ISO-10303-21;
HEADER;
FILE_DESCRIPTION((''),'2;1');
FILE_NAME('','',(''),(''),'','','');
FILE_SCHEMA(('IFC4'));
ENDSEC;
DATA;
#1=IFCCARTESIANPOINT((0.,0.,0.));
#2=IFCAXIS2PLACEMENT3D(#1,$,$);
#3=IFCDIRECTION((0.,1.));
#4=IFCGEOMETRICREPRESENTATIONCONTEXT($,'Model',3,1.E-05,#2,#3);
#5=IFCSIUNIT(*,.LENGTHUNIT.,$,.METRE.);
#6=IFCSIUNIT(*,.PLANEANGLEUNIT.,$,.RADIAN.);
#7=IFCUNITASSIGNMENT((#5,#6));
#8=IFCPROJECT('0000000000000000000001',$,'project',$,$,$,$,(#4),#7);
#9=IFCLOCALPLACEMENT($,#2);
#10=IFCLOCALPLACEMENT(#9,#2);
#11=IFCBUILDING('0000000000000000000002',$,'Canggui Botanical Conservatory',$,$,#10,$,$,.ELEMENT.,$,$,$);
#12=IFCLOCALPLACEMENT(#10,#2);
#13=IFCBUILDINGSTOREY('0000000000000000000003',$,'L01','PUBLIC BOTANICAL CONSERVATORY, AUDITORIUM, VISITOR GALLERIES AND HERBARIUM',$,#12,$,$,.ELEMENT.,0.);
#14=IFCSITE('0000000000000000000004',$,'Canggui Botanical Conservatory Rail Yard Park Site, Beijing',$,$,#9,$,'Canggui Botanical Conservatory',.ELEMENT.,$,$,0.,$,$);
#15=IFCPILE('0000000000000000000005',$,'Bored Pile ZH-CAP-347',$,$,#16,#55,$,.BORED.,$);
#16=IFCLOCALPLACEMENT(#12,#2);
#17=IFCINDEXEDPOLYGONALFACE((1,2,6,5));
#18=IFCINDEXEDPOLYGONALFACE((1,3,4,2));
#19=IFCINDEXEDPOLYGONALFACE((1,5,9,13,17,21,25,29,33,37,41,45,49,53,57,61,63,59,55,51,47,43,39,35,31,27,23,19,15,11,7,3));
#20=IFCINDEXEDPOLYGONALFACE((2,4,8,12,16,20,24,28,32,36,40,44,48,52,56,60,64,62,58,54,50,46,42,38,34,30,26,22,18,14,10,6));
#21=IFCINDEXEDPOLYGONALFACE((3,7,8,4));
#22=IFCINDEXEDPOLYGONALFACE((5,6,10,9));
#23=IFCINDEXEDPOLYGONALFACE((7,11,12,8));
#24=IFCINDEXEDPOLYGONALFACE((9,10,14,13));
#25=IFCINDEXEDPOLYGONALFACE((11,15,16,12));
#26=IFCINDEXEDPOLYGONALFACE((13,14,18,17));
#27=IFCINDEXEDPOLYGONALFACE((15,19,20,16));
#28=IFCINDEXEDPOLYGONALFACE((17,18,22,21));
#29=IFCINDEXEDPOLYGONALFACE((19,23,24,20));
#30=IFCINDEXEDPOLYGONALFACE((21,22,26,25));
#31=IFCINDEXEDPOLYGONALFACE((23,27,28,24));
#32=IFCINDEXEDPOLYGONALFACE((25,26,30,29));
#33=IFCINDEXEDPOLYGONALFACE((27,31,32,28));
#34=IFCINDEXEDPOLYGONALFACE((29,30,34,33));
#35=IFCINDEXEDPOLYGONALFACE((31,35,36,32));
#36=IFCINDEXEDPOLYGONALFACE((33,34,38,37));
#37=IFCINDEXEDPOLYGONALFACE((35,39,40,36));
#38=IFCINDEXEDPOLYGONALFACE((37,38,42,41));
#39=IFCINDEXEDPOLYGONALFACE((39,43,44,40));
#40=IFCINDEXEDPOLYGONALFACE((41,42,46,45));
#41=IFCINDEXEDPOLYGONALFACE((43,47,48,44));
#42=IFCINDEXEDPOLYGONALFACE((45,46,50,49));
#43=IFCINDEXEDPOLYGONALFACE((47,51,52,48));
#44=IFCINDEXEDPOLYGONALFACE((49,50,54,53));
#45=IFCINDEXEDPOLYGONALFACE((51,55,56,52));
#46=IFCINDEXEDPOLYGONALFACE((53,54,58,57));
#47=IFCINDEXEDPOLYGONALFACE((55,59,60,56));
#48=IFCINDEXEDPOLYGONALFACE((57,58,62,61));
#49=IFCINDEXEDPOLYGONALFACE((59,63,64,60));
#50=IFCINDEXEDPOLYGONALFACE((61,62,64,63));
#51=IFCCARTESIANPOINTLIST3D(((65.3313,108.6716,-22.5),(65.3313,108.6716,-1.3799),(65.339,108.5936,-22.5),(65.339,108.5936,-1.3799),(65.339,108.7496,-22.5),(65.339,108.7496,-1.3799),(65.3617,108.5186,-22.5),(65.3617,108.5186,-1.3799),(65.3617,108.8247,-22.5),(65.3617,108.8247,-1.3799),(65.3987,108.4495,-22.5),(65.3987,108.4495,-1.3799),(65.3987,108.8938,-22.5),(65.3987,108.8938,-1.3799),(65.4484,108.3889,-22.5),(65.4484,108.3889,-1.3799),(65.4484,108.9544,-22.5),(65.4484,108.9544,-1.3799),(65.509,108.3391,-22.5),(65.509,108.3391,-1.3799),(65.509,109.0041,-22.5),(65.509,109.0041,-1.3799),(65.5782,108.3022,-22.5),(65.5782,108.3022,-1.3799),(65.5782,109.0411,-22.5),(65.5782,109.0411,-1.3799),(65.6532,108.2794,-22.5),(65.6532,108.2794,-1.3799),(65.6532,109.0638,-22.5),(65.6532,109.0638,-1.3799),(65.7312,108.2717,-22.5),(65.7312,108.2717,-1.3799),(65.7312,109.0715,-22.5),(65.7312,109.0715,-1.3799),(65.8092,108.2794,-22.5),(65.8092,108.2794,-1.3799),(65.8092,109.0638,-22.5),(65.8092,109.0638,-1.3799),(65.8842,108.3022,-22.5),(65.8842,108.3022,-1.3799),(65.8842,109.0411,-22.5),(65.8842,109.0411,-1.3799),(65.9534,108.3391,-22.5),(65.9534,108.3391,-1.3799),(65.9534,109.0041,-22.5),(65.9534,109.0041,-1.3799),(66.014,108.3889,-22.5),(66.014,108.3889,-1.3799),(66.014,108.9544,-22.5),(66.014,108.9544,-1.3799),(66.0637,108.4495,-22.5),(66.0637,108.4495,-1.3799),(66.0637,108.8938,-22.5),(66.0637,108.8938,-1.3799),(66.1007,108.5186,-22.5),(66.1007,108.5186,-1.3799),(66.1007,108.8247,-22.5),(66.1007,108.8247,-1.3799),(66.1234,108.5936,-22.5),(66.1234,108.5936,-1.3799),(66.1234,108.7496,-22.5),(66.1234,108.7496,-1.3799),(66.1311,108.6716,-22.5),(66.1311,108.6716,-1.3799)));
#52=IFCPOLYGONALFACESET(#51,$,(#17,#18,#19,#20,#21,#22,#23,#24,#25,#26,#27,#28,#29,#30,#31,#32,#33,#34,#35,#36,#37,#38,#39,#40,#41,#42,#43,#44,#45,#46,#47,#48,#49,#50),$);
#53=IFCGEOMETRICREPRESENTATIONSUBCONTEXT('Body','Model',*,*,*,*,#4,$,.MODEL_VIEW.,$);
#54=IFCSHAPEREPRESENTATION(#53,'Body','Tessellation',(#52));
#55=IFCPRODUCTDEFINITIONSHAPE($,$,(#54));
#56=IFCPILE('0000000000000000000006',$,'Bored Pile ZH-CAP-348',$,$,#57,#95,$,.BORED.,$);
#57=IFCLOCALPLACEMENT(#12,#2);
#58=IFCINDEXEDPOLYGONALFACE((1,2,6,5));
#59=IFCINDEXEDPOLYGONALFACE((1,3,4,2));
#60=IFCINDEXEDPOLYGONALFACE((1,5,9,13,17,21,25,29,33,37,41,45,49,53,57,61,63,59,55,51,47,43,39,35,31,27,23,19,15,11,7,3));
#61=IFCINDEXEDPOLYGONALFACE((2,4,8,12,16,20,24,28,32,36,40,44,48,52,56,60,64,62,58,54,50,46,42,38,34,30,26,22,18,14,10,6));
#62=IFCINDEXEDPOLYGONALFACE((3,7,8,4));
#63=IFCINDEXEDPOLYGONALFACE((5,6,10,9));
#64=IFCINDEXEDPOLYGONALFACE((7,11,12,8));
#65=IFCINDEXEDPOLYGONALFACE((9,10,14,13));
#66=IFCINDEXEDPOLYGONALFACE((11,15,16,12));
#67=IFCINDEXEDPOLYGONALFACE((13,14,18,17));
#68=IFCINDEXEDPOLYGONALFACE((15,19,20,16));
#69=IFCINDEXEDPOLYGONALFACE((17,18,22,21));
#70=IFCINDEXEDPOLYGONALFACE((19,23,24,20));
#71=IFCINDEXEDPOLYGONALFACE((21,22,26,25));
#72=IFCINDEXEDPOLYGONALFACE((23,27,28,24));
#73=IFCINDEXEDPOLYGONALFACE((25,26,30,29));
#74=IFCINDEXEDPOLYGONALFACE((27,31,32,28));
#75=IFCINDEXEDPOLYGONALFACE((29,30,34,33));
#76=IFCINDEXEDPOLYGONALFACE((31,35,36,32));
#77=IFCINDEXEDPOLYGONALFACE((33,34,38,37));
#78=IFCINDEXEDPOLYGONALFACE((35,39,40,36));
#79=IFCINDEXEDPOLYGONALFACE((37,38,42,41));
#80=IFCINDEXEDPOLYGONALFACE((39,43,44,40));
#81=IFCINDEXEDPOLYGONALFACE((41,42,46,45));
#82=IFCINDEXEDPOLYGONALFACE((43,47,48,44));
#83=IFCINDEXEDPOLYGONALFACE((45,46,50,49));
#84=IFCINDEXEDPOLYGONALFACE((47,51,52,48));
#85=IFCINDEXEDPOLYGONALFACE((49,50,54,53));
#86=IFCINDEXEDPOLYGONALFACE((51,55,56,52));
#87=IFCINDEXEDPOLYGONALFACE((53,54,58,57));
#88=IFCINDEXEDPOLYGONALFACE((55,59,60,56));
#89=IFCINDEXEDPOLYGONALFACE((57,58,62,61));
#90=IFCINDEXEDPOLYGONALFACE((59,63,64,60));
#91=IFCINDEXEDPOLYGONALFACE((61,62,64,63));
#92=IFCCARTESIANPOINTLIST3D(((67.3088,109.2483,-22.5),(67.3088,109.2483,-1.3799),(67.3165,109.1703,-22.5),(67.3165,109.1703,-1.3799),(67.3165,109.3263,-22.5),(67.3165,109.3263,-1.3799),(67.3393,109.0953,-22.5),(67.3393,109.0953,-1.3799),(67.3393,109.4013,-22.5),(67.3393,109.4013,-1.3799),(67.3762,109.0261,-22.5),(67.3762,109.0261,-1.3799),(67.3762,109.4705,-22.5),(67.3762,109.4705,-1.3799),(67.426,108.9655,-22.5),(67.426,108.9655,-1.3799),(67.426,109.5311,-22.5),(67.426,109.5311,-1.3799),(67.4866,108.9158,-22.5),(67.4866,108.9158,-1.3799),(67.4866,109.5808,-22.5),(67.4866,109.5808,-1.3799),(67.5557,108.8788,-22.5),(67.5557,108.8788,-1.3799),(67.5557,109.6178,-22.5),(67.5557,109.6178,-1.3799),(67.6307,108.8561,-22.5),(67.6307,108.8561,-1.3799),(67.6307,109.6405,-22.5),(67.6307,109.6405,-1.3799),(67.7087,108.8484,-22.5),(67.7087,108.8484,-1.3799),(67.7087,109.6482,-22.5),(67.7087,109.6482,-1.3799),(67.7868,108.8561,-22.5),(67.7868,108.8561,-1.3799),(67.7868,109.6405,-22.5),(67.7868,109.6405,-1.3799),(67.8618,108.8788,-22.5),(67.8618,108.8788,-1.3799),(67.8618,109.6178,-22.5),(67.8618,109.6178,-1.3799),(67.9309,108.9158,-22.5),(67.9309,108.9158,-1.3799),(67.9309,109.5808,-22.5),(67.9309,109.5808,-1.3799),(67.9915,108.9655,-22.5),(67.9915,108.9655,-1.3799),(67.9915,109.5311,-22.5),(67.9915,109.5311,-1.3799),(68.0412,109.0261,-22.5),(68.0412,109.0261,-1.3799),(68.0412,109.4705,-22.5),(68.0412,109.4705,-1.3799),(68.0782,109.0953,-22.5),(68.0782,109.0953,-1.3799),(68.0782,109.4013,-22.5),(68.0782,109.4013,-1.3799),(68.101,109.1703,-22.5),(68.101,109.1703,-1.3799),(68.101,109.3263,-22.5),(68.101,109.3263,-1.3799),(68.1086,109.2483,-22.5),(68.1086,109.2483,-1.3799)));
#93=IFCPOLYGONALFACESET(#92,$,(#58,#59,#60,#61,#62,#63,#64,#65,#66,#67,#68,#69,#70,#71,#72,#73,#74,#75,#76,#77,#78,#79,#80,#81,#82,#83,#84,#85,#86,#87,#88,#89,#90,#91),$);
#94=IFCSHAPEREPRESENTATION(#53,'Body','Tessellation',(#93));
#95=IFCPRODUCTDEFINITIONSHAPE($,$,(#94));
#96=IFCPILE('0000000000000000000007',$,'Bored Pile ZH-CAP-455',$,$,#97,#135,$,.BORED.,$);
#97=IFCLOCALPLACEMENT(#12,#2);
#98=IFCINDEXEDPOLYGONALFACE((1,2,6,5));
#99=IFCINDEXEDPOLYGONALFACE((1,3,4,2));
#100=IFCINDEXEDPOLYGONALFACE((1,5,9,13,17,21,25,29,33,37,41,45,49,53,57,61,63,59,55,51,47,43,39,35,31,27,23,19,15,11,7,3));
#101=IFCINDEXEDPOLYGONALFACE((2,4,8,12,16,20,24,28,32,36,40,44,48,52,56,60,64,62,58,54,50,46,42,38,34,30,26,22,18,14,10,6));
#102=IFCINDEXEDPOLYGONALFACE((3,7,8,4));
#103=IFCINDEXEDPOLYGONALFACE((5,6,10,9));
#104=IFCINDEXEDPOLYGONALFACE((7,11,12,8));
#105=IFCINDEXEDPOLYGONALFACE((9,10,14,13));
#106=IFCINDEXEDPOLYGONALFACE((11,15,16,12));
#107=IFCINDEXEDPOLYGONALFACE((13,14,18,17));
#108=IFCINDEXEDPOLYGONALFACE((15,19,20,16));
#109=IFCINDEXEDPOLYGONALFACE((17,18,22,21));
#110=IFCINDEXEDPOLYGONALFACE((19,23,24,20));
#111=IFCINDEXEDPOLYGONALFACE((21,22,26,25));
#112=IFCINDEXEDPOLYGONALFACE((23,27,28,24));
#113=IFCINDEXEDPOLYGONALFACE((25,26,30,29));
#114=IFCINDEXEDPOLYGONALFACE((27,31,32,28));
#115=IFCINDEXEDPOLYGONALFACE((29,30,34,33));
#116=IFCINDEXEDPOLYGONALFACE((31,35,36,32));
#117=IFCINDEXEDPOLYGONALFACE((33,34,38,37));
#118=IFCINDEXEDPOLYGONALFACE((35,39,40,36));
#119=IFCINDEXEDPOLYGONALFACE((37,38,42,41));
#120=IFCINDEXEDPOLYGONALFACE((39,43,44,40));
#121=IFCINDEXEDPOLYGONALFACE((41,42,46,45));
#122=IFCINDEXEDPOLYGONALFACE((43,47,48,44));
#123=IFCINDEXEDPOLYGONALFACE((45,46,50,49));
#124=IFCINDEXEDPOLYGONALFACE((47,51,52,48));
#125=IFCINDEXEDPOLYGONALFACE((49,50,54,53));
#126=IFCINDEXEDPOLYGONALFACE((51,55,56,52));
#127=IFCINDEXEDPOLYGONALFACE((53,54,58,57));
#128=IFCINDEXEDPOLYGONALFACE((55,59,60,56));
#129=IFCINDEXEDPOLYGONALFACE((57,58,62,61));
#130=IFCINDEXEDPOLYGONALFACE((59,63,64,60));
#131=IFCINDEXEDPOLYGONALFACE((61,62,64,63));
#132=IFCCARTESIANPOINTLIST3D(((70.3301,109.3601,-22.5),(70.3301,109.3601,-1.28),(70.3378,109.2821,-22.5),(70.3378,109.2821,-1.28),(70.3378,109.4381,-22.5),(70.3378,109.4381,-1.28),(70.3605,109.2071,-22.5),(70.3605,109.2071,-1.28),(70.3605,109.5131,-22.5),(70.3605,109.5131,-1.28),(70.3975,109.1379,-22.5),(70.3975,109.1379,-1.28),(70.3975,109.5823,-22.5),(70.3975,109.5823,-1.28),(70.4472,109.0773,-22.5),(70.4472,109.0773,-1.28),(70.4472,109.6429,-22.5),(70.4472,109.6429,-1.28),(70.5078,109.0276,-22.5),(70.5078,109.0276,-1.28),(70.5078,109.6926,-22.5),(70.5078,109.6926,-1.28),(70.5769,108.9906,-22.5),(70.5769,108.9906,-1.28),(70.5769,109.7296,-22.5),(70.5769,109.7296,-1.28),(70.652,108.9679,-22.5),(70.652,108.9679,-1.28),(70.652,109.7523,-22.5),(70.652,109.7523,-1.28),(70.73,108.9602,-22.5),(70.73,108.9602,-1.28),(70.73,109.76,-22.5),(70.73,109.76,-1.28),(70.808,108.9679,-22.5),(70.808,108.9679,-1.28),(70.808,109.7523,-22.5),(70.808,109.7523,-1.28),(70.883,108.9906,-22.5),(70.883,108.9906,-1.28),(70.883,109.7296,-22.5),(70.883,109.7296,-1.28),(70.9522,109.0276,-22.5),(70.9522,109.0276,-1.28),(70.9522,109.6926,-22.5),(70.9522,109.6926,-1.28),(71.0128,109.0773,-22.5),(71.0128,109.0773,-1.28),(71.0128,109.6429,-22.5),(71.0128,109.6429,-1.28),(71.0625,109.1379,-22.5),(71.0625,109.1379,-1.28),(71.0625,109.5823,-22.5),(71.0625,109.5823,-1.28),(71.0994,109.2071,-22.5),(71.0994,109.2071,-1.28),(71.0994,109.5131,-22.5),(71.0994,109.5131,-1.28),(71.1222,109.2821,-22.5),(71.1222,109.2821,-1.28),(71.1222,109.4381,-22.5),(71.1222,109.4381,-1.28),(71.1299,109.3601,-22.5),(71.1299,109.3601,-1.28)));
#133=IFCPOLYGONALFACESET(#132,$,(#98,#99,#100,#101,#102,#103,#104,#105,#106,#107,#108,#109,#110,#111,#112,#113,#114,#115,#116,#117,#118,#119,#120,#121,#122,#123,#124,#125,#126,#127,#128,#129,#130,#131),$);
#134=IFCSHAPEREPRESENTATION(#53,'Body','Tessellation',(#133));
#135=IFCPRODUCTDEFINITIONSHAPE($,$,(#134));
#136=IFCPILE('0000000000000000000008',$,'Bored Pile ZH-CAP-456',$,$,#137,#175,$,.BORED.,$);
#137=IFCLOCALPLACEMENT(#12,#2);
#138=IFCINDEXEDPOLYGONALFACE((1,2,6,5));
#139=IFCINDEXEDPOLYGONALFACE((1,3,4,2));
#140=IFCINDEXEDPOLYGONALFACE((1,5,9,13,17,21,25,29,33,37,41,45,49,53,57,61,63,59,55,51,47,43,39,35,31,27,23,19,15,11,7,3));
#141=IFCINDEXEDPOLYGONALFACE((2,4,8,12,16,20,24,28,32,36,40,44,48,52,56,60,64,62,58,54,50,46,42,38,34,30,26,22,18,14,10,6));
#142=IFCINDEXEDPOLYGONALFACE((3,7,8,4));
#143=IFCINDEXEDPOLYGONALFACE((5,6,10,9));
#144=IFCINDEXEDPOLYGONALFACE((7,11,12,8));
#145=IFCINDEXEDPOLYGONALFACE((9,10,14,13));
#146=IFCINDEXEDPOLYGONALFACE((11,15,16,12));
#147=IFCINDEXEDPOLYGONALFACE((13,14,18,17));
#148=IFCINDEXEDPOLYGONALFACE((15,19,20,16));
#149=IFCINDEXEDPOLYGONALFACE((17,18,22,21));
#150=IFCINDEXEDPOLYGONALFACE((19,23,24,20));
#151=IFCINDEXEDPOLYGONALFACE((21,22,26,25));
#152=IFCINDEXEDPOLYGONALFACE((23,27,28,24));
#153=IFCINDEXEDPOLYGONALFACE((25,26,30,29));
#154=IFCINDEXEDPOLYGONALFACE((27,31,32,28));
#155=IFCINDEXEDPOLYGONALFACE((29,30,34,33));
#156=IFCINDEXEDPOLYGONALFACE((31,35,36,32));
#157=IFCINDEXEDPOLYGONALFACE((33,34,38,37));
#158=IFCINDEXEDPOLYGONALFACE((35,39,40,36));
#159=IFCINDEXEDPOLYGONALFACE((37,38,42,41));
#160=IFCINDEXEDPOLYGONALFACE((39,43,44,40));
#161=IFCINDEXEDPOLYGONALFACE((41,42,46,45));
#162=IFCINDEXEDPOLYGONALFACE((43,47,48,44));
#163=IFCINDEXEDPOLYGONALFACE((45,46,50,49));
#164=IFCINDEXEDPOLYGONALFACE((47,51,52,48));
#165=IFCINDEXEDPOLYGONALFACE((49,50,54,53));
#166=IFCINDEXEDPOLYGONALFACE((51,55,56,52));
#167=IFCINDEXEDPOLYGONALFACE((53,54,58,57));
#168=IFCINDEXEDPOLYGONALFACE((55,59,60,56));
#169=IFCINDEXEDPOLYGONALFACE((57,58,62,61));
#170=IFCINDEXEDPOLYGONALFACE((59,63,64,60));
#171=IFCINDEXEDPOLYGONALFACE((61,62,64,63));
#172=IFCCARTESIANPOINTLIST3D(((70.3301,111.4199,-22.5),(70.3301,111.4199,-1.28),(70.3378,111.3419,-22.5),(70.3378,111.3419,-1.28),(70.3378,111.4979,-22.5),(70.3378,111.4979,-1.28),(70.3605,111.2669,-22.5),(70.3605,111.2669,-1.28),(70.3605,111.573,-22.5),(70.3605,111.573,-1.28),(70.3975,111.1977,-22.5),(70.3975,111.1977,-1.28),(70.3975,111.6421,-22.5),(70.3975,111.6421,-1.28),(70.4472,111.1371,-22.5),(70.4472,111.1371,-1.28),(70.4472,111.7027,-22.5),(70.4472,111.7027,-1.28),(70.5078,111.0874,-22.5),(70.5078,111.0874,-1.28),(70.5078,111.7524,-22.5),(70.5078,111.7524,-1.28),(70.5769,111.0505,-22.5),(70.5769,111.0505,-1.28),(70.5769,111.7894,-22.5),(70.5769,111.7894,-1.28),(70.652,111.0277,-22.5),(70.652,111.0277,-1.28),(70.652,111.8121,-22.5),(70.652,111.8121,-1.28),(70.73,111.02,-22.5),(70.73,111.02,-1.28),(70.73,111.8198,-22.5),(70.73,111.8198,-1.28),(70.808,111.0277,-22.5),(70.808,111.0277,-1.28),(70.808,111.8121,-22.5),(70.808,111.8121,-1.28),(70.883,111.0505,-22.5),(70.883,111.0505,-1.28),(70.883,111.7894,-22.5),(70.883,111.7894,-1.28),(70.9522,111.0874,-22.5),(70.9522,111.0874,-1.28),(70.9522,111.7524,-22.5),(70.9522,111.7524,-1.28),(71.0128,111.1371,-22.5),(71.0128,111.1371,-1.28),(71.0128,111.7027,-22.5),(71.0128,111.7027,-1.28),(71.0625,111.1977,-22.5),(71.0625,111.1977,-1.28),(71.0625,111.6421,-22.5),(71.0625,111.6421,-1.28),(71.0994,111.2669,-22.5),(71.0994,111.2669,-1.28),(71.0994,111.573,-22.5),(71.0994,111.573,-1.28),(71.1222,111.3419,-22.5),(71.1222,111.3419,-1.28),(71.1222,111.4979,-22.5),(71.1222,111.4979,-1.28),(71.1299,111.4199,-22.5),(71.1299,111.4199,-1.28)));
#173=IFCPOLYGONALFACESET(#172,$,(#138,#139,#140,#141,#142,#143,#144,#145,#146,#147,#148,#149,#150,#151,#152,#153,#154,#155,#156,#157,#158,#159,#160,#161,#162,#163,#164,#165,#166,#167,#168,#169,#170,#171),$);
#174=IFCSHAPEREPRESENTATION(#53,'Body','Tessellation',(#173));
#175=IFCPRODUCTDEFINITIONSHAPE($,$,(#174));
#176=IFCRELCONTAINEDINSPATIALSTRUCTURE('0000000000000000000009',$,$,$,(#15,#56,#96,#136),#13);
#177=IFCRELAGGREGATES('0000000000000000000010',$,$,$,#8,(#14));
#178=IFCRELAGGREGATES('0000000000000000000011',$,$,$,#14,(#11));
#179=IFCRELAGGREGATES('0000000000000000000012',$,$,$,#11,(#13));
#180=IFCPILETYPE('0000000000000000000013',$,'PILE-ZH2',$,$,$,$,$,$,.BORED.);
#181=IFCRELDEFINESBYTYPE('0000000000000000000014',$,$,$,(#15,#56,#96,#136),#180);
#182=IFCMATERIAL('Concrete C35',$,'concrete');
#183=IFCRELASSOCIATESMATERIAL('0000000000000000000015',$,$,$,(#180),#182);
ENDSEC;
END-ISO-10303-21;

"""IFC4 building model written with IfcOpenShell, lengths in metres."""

from ifc_helpers import new_model, si_unit, direction, frame, origin, origin_2d, place, context, subcontext, project, spatial, circle, extrude, material, material_profile, profile_set, type_object, element, save


model = new_model("IFC4")

# Units and contexts
model_context = context("Model", 3, precision=1e-05, world=origin(), true_north=direction((0.0, 1.0)))
body_context = subcontext(model_context, "Body", "Model", "MODEL_VIEW")
ifc_project = project(units=[si_unit("LENGTHUNIT", "METRE"), si_unit("PLANEANGLEUNIT", "RADIAN")], contexts=[model_context])

# Site, building, storey
site_placement = place(None, origin())
site = spatial("IfcSite", under=ifc_project, at=site_placement, Name="Canggui Botanical Conservatory Rail Yard Park Site, Beijing", LongName="Canggui Botanical Conservatory", CompositionType="ELEMENT", RefElevation=0.0)
building_placement = place(site_placement, origin())
building = spatial("IfcBuilding", under=site, at=building_placement, Name="Canggui Botanical Conservatory", CompositionType="ELEMENT")
storey_placement = place(building_placement, origin())
storey = spatial("IfcBuildingStorey", under=building, at=storey_placement, Name="L01", Description="PUBLIC BOTANICAL CONSERVATORY, AUDITORIUM, VISITOR GALLERIES AND HERBARIUM", CompositionType="ELEMENT", Elevation=0.0)

# Shared definitions
ifc_material_1 = material(Name="Concrete C35", Category="concrete")

# Piles
ifc_material_profile_1 = material_profile(ifc_material_1, circle(Radius=0.3999, at=origin_2d()), Name="PILE D800")
ifc_profile_set_1 = profile_set([ifc_material_profile_1], Name="Concrete C35")
pile_type = type_object("IfcPileType", Name="PILE-ZH2", PredefinedType="BORED", material=ifc_profile_set_1)
for number, where, z_axis, x_axis, name in (
    (1, (65.7312, 108.6716, -1.3799), (0.0, 0.0, -1.0), (1.0, 0.0, 0.0), "Bored Pile ZH-CAP-347"),
    (2, (67.7087, 109.2483, -1.3799), (0.0, 0.0, -1.0), (1.0, 0.0, 0.0), "Bored Pile ZH-CAP-348"),
):
    element("IfcPile", number, at=place(storey_placement, frame(where, z_axis=z_axis, x_axis=x_axis)), inside=storey, type_object=pile_type, Name=name, PredefinedType="BORED", context=body_context, shape_type="SweptSolid", body=[
        extrude(circle(Radius=0.3999, at=origin_2d()), origin(), (0.0, 0.0, 1.0), 21.1201),
    ])
for number, where, z_axis, x_axis, name in (
    (3, (70.73, 109.3601, -1.28), (0.0, 0.0, -1.0), (1.0, 0.0, 0.0), "Bored Pile ZH-CAP-455"),
    (4, (70.73, 111.4199, -1.28), (0.0, 0.0, -1.0), (1.0, 0.0, 0.0), "Bored Pile ZH-CAP-456"),
):
    element("IfcPile", number, at=place(storey_placement, frame(where, z_axis=z_axis, x_axis=x_axis)), inside=storey, type_object=pile_type, Name=name, PredefinedType="BORED", context=body_context, shape_type="SweptSolid", body=[
        extrude(circle(Radius=0.3999, at=origin_2d()), origin(), (0.0, 0.0, 1.0), 21.22),
    ])

save(model, "model.ifc")
